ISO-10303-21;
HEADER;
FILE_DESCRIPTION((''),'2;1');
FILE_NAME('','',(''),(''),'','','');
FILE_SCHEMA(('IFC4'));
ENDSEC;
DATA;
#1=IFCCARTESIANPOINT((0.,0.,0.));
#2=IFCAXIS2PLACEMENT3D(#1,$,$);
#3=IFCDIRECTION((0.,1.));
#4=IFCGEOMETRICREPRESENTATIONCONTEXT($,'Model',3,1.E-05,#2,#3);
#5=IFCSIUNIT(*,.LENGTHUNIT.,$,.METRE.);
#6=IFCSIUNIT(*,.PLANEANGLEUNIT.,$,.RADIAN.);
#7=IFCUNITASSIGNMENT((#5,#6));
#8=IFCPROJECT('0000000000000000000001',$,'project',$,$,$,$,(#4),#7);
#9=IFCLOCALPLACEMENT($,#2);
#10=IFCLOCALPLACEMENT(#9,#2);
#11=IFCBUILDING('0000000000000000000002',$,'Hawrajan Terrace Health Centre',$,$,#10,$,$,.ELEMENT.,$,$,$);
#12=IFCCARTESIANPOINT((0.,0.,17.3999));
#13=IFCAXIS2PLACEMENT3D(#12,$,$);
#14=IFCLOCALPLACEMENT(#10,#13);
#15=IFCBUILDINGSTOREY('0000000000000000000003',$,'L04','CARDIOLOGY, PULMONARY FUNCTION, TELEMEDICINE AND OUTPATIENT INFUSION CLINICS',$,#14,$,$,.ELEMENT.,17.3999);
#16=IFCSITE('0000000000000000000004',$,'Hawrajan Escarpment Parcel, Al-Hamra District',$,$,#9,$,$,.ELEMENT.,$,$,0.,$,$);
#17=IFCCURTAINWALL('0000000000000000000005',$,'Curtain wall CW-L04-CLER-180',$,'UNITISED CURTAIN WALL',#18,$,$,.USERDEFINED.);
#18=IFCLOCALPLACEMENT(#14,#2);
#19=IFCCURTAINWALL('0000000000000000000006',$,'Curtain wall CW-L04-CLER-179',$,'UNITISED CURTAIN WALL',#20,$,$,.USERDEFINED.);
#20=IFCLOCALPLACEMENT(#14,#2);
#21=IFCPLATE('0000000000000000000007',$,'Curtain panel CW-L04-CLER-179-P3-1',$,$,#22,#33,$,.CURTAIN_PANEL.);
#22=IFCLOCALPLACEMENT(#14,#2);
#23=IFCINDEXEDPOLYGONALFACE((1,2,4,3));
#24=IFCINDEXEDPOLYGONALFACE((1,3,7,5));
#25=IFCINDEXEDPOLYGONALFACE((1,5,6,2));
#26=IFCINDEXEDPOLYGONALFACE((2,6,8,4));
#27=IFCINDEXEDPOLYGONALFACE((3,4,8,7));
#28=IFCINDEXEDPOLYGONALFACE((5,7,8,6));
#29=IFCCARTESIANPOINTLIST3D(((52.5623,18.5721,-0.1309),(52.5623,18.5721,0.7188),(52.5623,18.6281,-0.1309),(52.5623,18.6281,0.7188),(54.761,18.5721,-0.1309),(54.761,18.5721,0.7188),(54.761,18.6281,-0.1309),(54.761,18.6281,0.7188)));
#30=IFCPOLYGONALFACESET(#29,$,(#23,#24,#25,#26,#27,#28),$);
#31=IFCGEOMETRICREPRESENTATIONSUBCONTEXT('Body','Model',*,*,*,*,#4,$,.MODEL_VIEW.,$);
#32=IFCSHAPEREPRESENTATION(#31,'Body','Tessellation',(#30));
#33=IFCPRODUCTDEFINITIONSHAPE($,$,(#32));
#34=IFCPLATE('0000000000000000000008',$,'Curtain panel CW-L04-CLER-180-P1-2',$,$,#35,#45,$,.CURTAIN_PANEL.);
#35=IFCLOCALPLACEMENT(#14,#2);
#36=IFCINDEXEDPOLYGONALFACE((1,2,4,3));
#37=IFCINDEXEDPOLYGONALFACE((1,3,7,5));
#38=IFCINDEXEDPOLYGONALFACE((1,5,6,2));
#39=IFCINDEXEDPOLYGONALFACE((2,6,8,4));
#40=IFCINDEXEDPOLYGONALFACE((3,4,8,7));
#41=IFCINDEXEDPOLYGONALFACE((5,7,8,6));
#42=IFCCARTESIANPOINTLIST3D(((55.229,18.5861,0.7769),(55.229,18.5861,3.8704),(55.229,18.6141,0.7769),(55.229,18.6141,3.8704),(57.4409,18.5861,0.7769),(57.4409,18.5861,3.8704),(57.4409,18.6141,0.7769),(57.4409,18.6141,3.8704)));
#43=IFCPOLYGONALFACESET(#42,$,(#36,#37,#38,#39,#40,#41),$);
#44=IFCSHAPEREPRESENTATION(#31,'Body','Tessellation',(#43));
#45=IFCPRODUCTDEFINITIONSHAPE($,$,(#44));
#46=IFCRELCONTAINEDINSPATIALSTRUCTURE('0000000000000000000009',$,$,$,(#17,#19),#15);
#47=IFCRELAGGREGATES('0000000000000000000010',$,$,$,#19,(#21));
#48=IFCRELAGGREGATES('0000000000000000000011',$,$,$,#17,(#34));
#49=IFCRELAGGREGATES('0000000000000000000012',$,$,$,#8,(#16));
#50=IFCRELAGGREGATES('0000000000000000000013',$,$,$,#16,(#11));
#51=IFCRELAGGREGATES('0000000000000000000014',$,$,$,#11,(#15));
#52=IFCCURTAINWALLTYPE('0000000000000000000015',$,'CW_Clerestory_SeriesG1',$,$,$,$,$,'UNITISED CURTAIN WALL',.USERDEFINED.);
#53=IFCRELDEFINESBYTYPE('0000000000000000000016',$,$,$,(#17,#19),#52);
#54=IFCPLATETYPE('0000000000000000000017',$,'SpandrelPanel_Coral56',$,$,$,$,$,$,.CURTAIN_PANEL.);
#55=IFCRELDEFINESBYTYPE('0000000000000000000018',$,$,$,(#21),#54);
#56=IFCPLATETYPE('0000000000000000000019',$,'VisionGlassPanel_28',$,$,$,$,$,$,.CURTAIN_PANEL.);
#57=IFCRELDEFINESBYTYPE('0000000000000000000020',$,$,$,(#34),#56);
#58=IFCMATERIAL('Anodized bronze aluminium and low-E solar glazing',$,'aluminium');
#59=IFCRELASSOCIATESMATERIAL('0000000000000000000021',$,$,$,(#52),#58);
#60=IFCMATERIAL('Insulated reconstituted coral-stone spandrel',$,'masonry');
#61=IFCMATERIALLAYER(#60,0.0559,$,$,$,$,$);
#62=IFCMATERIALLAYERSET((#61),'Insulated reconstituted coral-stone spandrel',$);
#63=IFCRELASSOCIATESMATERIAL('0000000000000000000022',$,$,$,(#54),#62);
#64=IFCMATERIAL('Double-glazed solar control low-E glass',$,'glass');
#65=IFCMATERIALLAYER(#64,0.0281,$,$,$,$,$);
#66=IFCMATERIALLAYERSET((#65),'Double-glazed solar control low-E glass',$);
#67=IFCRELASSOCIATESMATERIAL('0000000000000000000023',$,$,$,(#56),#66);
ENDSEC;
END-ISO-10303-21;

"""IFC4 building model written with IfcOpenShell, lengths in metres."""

from ifc_helpers import new_model, si_unit, direction, frame, origin, origin_2d, place, context, subcontext, project, spatial, rectangle, extrude, material, layer, layer_set, type_object, element, aggregate, save


model = new_model("IFC4")

# Units and contexts
model_context = context("Model", 3, precision=1e-05, world=origin(), true_north=direction((0.0, 1.0)))
body_context = subcontext(model_context, "Body", "Model", "MODEL_VIEW")
ifc_project = project(units=[si_unit("LENGTHUNIT", "METRE"), si_unit("PLANEANGLEUNIT", "RADIAN")], contexts=[model_context])

# Site, building, storey
site_placement = place(None, origin())
site = spatial("IfcSite", under=ifc_project, at=site_placement, Name="Hawrajan Escarpment Parcel, Al-Hamra District", CompositionType="ELEMENT", RefElevation=0.0)
building_placement = place(site_placement, origin())
building = spatial("IfcBuilding", under=site, at=building_placement, Name="Hawrajan Terrace Health Centre", CompositionType="ELEMENT")
storey_placement = place(building_placement, frame((0.0, 0.0, 17.3999)))
storey = spatial("IfcBuildingStorey", under=building, at=storey_placement, Name="L04", Description="CARDIOLOGY, PULMONARY FUNCTION, TELEMEDICINE AND OUTPATIENT INFUSION CLINICS", CompositionType="ELEMENT", Elevation=17.3999)

# Curtain walls
ifc_material_1 = material(Name="Anodized bronze aluminium and low-E solar glazing", Category="aluminium")
curtain_wall_type = type_object("IfcCurtainWallType", Name="CW_Clerestory_SeriesG1", ElementType="UNITISED CURTAIN WALL", PredefinedType="USERDEFINED", material=ifc_material_1)
curtain_wall_1_placement = place(storey_placement, origin())
curtain_wall_1 = element("IfcCurtainWall", 1, at=curtain_wall_1_placement, inside=storey, type_object=curtain_wall_type, Name="Curtain wall CW-L04-CLER-180", ObjectType="UNITISED CURTAIN WALL", PredefinedType="USERDEFINED")
curtain_wall_2_placement = place(storey_placement, origin())
curtain_wall_2 = element("IfcCurtainWall", 2, at=curtain_wall_2_placement, inside=storey, type_object=curtain_wall_type, Name="Curtain wall CW-L04-CLER-179", ObjectType="UNITISED CURTAIN WALL", PredefinedType="USERDEFINED")

# Plates
ifc_material_2 = material(Name="Insulated reconstituted coral-stone spandrel", Category="masonry")
ifc_layer_1 = layer(ifc_material_2, 0.0559)
ifc_layer_set_1 = layer_set([ifc_layer_1], Name="Insulated reconstituted coral-stone spandrel")
plate_type_1 = type_object("IfcPlateType", Name="SpandrelPanel_Coral56", PredefinedType="CURTAIN_PANEL", material=ifc_layer_set_1)
plate_1_placement = place(storey_placement, frame((53.6616, 18.6001, -0.1309), z_axis=(0.0, 0.0, 1.0), x_axis=(1.0, 0.0, 0.0)))
plate_1 = element("IfcPlate", 3, at=plate_1_placement, type_object=plate_type_1, Name="Curtain panel CW-L04-CLER-179-P3-1", PredefinedType="CURTAIN_PANEL", context=body_context, shape_type="SweptSolid", body=[
    extrude(rectangle(XDim=2.1987, YDim=0.0559, at=origin_2d()), origin(), (0.0, 0.0, 1.0), 0.8496),
])
aggregate(curtain_wall_2, [plate_1])
ifc_material_3 = material(Name="Double-glazed solar control low-E glass", Category="glass")
ifc_layer_2 = layer(ifc_material_3, 0.0281)
ifc_layer_set_2 = layer_set([ifc_layer_2], Name="Double-glazed solar control low-E glass")
plate_type_2 = type_object("IfcPlateType", Name="VisionGlassPanel_28", PredefinedType="CURTAIN_PANEL", material=ifc_layer_set_2)
plate_2_placement = place(storey_placement, frame((56.335, 18.6001, 0.7769), z_axis=(0.0, 0.0, 1.0), x_axis=(1.0, 0.0, 0.0)))
plate_2 = element("IfcPlate", 4, at=plate_2_placement, type_object=plate_type_2, Name="Curtain panel CW-L04-CLER-180-P1-2", PredefinedType="CURTAIN_PANEL", context=body_context, shape_type="SweptSolid", body=[
    extrude(rectangle(XDim=2.2119, YDim=0.0281, at=origin_2d()), origin(), (0.0, 0.0, 1.0), 3.0935),
])
aggregate(curtain_wall_1, [plate_2])

save(model, "model.ifc")
